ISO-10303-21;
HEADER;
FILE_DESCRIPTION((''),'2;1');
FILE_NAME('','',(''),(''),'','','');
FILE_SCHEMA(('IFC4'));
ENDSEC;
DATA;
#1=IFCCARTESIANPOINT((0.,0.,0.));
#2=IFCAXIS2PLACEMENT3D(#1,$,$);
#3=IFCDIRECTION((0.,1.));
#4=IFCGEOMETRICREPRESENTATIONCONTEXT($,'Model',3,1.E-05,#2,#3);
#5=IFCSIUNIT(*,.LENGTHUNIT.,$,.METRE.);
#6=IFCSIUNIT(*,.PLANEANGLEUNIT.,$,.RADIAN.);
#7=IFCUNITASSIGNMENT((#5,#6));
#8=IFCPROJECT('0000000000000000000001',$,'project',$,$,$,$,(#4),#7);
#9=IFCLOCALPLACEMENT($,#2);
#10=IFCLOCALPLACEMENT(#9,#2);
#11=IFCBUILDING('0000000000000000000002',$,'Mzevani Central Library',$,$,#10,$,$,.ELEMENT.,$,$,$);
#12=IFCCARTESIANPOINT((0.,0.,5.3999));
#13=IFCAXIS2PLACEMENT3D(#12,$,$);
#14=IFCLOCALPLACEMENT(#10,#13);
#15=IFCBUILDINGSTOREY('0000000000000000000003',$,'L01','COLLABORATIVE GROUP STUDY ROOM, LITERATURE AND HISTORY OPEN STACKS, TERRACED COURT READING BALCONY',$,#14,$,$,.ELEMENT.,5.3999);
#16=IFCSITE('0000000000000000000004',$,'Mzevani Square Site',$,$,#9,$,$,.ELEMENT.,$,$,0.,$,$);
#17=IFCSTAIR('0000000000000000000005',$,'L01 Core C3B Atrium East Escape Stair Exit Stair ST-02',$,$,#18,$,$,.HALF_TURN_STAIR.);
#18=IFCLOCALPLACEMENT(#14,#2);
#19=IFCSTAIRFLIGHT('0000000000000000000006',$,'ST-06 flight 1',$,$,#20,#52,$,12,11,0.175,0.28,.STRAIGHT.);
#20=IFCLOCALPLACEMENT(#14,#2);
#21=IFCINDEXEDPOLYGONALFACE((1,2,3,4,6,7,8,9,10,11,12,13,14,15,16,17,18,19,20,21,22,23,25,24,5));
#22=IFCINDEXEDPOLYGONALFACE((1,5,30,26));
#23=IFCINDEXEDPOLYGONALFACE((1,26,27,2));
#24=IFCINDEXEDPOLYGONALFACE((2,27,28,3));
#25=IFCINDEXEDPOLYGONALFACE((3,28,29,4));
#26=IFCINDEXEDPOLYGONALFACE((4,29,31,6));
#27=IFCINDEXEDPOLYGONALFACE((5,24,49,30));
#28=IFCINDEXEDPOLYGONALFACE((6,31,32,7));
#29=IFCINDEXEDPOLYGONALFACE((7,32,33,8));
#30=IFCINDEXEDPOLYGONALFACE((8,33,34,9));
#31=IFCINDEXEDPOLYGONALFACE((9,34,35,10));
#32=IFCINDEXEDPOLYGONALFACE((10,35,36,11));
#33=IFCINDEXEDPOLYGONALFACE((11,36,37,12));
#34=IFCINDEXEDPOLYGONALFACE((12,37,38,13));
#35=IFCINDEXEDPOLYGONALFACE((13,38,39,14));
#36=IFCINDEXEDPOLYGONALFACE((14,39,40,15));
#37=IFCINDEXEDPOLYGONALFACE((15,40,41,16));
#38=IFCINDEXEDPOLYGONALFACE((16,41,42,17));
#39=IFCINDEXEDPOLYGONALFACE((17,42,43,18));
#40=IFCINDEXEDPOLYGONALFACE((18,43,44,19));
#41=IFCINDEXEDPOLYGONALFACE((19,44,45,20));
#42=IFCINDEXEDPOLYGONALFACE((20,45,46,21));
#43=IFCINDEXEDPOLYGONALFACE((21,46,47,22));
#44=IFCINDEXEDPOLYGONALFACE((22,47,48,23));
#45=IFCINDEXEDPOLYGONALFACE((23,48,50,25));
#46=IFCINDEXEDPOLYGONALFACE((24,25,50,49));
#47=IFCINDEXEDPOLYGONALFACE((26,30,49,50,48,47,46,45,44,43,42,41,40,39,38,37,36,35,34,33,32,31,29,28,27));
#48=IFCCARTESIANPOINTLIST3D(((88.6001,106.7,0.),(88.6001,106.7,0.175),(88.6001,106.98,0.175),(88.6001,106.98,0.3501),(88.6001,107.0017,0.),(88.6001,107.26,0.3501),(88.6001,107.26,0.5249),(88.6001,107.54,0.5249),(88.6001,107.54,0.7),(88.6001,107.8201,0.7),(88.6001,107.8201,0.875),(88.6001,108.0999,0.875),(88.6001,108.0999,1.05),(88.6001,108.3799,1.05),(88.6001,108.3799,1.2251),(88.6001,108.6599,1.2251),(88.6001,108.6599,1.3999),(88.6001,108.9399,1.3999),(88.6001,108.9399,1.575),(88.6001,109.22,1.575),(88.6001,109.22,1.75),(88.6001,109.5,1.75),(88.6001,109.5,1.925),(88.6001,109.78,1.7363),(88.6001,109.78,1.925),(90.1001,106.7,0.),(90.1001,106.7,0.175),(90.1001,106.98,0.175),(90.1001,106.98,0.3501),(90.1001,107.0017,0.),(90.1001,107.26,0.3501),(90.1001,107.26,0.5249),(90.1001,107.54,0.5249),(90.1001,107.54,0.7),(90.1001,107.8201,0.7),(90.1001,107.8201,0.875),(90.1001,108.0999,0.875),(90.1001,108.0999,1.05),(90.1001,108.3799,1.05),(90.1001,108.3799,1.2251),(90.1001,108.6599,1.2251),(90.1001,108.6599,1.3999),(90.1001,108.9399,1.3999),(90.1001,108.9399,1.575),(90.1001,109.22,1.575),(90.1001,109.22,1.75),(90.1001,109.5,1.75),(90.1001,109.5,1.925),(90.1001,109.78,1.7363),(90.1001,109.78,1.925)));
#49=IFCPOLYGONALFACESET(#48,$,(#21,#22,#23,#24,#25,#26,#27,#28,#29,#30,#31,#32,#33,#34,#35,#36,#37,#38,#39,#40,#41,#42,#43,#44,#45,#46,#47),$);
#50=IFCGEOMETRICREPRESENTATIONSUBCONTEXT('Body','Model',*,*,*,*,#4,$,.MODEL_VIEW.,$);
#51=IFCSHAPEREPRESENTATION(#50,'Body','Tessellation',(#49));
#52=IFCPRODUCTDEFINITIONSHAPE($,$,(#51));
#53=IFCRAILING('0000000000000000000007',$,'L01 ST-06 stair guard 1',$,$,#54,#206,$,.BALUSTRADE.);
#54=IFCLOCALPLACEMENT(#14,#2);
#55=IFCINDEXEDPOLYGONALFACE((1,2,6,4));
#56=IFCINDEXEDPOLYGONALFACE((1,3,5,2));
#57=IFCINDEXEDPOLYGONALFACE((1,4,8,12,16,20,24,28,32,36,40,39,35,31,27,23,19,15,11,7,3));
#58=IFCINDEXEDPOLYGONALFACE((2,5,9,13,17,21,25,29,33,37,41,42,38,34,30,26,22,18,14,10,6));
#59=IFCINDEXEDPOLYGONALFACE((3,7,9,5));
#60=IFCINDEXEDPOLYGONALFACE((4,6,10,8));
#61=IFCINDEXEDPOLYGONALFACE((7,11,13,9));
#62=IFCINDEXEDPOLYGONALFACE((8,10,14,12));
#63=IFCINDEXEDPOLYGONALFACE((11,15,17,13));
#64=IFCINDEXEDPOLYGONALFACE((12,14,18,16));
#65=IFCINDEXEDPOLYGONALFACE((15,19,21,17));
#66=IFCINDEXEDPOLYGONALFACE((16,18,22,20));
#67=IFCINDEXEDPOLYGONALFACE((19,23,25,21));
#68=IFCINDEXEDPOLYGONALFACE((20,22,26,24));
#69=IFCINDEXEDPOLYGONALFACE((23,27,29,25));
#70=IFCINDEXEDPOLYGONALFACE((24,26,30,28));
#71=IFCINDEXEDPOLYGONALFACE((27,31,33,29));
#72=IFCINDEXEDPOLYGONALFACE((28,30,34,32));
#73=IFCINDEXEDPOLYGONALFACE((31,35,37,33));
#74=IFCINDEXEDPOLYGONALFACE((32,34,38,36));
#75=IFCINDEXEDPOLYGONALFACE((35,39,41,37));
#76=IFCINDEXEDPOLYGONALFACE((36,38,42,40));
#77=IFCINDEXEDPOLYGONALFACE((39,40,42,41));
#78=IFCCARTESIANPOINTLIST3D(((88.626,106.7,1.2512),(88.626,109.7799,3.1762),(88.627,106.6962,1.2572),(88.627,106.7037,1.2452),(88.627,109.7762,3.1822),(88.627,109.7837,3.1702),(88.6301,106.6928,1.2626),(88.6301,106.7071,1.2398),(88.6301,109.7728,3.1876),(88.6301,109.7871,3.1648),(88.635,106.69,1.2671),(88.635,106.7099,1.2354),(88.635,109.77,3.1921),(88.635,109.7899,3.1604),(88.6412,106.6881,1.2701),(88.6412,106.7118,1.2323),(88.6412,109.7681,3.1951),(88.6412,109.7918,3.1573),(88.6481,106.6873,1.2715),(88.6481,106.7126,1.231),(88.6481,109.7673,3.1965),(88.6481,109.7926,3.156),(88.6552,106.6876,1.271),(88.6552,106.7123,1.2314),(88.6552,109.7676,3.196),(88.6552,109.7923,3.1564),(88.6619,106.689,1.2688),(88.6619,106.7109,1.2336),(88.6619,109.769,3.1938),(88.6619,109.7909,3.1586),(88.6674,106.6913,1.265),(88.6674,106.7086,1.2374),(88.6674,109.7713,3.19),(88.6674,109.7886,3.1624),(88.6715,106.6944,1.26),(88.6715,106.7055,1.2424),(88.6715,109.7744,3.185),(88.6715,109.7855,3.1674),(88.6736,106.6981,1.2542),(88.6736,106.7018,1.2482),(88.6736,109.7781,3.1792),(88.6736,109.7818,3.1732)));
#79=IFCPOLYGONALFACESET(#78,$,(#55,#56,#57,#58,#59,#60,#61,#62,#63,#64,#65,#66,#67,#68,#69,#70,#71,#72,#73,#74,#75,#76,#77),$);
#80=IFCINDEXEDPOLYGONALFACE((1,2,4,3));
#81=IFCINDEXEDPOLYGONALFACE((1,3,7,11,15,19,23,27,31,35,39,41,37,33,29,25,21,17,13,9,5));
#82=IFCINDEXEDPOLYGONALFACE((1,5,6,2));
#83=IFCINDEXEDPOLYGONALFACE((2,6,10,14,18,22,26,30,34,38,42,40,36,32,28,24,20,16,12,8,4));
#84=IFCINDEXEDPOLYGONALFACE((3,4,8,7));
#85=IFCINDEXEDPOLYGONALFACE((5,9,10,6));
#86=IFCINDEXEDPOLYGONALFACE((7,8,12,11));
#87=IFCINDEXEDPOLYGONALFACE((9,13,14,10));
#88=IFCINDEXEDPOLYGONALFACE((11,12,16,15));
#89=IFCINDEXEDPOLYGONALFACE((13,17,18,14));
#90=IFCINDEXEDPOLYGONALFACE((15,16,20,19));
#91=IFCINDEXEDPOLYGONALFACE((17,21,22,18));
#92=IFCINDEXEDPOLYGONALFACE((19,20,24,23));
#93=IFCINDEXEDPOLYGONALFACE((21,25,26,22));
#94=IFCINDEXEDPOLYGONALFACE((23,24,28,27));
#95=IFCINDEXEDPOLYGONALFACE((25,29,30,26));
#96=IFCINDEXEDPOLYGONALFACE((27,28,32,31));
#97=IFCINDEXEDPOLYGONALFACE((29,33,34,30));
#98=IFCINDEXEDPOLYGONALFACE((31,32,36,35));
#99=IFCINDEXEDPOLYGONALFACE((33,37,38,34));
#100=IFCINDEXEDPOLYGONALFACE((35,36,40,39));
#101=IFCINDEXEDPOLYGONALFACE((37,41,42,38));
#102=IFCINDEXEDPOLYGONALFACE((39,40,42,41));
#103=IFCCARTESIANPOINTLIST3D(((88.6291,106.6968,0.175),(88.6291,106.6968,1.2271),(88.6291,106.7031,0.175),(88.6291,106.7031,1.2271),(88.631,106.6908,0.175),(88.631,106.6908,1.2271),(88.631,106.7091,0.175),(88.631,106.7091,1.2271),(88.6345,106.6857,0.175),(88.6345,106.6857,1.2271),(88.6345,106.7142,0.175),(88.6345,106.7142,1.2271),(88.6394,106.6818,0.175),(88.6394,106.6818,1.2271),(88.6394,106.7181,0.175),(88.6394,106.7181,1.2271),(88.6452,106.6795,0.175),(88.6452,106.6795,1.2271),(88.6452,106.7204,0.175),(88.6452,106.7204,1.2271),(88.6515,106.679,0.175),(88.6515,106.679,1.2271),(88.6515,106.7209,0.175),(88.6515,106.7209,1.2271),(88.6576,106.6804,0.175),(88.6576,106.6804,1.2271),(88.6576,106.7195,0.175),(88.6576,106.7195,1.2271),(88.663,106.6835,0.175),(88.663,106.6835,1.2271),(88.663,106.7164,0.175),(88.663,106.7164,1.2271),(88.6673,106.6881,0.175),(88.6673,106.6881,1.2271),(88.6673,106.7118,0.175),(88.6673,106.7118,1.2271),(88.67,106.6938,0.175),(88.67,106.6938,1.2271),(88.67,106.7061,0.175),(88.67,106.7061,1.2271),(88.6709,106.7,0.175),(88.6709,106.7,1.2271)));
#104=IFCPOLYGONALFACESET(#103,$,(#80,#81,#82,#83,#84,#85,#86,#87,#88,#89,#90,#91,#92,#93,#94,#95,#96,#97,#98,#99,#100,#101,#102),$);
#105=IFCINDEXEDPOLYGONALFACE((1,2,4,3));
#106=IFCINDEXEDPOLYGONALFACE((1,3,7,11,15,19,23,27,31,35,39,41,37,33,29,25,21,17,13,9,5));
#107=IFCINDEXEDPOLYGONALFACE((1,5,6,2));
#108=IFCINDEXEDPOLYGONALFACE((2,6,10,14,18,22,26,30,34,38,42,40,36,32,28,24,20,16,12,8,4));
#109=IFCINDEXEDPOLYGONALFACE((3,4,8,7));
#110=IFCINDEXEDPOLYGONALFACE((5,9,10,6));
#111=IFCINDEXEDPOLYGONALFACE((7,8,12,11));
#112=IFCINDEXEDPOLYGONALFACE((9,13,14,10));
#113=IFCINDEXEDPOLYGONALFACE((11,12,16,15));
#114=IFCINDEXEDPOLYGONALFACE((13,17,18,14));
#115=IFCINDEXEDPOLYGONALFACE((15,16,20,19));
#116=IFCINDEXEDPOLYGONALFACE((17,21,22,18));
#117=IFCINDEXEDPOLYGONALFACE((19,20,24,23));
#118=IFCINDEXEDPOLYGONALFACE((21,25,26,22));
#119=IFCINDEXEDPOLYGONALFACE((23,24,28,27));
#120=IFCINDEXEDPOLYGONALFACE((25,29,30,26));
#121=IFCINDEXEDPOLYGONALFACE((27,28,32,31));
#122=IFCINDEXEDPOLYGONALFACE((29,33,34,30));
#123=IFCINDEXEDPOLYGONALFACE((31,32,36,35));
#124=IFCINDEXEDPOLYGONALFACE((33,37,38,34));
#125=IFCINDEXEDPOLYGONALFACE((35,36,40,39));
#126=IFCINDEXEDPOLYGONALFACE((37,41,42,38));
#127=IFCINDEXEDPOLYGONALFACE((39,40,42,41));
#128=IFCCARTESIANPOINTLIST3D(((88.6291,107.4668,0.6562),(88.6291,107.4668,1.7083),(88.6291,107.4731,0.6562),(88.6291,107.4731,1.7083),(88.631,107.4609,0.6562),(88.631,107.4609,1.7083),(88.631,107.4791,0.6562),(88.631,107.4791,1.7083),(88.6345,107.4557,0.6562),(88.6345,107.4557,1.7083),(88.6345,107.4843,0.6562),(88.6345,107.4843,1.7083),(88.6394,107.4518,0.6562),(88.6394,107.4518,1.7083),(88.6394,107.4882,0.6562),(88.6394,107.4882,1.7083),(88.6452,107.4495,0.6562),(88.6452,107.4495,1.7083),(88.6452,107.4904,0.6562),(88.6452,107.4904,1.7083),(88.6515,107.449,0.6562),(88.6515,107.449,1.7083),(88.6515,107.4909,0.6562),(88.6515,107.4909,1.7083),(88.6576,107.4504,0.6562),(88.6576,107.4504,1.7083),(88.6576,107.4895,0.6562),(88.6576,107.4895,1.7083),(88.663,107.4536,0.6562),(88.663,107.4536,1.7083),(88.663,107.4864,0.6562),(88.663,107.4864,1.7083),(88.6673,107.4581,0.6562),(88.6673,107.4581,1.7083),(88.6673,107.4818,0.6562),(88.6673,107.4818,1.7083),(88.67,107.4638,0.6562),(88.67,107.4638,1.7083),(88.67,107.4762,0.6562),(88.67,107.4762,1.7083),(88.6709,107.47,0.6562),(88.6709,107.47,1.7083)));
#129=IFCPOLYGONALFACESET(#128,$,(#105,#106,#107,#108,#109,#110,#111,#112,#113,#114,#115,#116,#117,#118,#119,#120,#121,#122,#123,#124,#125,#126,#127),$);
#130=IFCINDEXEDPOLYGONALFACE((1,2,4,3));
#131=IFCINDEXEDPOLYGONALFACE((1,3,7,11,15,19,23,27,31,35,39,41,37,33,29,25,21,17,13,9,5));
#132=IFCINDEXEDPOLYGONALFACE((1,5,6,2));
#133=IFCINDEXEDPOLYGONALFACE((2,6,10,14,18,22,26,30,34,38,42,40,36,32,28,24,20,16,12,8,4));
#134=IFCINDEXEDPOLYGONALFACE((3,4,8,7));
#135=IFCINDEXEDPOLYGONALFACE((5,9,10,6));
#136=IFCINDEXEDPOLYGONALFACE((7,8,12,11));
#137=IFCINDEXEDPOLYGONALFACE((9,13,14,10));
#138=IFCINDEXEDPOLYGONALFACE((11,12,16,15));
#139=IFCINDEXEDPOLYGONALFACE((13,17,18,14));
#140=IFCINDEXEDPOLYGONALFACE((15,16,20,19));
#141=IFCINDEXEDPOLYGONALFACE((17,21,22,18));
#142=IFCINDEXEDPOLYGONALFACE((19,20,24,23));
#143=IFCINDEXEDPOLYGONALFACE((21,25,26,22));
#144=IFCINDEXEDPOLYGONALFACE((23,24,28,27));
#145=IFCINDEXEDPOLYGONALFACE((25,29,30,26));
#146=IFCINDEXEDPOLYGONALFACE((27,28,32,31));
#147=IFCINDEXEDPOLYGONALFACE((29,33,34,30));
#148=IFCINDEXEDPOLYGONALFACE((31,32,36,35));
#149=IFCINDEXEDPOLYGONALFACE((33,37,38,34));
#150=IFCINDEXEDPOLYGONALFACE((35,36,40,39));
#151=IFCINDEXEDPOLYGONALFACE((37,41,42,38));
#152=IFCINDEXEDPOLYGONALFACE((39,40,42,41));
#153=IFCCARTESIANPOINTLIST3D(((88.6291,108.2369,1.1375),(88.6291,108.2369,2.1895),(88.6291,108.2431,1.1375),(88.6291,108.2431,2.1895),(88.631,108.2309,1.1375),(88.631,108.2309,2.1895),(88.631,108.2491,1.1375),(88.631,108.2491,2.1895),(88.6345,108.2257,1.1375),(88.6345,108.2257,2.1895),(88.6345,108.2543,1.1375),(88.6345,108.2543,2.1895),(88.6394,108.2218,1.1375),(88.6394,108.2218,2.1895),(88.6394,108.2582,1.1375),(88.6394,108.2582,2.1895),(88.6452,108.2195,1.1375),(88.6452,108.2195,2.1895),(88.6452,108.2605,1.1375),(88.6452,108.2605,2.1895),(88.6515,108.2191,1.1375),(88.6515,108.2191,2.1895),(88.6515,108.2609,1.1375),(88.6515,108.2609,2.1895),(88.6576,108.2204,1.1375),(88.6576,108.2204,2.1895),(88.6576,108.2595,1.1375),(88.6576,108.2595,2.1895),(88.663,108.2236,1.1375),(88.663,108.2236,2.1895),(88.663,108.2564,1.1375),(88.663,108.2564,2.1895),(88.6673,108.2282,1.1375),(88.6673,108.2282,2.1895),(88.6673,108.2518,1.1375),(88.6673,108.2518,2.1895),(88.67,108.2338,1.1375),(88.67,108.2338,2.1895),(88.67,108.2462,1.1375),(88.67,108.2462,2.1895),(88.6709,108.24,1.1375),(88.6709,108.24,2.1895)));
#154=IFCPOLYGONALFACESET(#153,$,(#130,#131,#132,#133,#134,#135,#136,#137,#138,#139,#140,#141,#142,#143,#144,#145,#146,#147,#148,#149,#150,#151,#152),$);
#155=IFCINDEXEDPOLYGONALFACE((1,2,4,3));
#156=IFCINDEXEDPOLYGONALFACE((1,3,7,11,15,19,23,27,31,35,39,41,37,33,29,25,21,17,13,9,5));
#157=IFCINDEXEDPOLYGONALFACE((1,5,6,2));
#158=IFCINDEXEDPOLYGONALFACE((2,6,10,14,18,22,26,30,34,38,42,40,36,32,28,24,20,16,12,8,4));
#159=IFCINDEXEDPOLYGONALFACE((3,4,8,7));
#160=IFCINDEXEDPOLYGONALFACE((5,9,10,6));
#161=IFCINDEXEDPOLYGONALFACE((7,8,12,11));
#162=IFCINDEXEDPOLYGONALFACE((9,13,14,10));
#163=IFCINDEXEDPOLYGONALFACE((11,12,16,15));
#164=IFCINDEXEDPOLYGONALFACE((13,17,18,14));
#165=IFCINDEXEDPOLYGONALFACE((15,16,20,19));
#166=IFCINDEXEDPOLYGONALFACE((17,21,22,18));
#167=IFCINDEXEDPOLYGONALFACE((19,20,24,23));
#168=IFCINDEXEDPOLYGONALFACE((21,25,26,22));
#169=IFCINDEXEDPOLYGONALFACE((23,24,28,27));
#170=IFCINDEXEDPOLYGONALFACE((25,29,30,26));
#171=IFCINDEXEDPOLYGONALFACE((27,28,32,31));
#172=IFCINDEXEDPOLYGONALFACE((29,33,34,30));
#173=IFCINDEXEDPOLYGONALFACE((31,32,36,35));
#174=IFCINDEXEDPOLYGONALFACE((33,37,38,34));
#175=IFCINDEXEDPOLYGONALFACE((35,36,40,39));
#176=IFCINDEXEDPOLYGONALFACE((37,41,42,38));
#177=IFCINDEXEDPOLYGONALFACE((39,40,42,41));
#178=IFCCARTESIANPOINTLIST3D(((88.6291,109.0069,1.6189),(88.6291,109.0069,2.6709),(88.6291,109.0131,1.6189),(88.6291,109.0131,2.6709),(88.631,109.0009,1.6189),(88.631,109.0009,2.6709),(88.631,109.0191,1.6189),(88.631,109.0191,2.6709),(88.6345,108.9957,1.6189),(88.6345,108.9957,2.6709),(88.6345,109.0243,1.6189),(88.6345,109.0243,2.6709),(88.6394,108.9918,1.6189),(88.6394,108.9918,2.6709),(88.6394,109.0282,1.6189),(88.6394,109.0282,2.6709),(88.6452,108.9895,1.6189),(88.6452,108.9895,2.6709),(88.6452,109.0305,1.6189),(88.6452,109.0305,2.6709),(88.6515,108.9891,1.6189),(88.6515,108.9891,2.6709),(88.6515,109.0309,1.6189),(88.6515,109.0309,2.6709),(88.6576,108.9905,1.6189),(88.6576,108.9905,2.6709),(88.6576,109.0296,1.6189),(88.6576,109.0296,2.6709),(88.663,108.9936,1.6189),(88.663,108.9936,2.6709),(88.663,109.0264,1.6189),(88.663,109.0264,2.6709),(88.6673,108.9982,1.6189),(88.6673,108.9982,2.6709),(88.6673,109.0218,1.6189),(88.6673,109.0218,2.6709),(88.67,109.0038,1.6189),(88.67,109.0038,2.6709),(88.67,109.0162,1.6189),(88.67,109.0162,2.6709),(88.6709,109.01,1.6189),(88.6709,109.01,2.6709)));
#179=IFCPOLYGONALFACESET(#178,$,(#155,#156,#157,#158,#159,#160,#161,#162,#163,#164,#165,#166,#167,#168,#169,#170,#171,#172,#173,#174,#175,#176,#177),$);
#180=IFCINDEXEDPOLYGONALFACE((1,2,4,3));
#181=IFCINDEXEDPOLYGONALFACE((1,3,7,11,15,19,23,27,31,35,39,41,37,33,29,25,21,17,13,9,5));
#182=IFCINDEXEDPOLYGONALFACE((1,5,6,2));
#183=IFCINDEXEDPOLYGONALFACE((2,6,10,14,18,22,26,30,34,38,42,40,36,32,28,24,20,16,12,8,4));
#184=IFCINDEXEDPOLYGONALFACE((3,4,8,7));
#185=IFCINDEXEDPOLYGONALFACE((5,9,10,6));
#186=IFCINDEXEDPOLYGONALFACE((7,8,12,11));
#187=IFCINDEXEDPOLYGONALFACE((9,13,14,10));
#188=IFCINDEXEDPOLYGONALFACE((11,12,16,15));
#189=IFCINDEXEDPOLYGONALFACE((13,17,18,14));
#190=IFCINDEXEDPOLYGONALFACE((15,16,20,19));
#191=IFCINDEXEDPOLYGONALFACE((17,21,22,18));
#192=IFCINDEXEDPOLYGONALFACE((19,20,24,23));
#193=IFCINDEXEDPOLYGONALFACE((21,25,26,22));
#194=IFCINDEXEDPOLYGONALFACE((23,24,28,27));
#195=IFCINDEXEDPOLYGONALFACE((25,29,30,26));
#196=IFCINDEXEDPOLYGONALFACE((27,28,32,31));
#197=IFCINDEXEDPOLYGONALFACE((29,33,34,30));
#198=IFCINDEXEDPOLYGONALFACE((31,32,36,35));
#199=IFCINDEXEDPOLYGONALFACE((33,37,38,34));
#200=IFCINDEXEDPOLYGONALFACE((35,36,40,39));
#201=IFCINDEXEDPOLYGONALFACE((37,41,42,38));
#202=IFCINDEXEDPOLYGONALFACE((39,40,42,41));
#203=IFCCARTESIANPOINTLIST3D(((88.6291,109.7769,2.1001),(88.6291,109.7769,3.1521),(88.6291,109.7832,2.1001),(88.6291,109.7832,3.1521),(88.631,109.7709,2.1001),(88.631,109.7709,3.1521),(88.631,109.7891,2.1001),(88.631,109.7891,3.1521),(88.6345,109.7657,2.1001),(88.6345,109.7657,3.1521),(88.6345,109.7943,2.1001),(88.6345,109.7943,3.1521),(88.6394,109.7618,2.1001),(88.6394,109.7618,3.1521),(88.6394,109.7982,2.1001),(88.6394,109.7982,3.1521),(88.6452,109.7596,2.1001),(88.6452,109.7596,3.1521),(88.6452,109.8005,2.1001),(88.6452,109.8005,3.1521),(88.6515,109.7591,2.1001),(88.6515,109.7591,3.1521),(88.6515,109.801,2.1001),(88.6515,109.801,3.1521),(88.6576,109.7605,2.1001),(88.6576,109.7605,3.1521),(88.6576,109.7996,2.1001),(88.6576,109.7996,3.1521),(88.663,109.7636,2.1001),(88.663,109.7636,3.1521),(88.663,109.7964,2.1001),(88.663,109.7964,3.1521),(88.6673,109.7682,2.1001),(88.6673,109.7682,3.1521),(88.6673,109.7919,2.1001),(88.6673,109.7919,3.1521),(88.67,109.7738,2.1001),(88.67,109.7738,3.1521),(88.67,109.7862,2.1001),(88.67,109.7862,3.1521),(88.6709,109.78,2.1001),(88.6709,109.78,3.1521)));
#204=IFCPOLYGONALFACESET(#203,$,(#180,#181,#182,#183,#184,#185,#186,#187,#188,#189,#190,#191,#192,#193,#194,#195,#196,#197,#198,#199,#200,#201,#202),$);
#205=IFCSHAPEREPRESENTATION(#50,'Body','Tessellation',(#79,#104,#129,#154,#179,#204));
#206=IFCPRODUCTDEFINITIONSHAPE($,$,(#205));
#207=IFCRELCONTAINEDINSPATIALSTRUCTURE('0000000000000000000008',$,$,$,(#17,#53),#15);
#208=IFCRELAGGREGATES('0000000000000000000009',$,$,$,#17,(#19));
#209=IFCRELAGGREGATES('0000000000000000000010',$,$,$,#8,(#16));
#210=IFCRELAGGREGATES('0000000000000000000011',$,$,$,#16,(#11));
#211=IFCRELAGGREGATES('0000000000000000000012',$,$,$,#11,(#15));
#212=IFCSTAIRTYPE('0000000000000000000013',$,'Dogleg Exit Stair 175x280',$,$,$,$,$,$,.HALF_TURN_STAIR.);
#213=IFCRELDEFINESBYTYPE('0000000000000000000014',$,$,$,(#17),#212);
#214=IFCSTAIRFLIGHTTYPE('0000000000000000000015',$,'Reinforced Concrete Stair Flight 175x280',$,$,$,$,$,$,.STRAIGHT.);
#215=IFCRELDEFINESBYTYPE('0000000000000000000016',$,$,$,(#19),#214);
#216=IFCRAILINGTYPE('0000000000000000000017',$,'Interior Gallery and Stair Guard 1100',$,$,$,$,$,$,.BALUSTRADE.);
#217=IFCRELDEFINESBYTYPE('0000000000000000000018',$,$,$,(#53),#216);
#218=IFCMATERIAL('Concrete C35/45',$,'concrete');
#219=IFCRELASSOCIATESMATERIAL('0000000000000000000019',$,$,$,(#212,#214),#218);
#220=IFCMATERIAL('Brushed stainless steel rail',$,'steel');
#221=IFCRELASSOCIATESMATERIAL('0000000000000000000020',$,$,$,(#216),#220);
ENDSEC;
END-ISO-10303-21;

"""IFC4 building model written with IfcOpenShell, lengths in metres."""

from ifc_helpers import new_model, si_unit, direction, frame, origin, origin_2d, place, context, subcontext, project, spatial, polyline, circle, outline, extrude, material, type_object, element, aggregate, save


model = new_model("IFC4")

# Units and contexts
model_context = context("Model", 3, precision=1e-05, world=origin(), true_north=direction((0.0, 1.0)))
body_context = subcontext(model_context, "Body", "Model", "MODEL_VIEW")
ifc_project = project(units=[si_unit("LENGTHUNIT", "METRE"), si_unit("PLANEANGLEUNIT", "RADIAN")], contexts=[model_context])

# Site, building, storey
site_placement = place(None, origin())
site = spatial("IfcSite", under=ifc_project, at=site_placement, Name="Mzevani Square Site", CompositionType="ELEMENT", RefElevation=0.0)
building_placement = place(site_placement, origin())
building = spatial("IfcBuilding", under=site, at=building_placement, Name="Mzevani Central Library", CompositionType="ELEMENT")
storey_placement = place(building_placement, frame((0.0, 0.0, 5.3999)))
storey = spatial("IfcBuildingStorey", under=building, at=storey_placement, Name="L01", Description="COLLABORATIVE GROUP STUDY ROOM, LITERATURE AND HISTORY OPEN STACKS, TERRACED COURT READING BALCONY", CompositionType="ELEMENT", Elevation=5.3999)

# Shared definitions
ifc_material_1 = material(Name="Concrete C35/45", Category="concrete")

# Stair, stair flight
stair_type = type_object("IfcStairType", Name="Dogleg Exit Stair 175x280", PredefinedType="HALF_TURN_STAIR", material=ifc_material_1)
stair_placement = place(storey_placement, origin())
stair = element("IfcStair", 1, at=stair_placement, inside=storey, type_object=stair_type, Name="L01 Core C3B Atrium East Escape Stair Exit Stair ST-02", PredefinedType="HALF_TURN_STAIR")
stair_flight_type = type_object("IfcStairFlightType", Name="Reinforced Concrete Stair Flight 175x280", PredefinedType="STRAIGHT", material=ifc_material_1)
stair_flight_placement = place(storey_placement, frame((89.3501, 106.7, 0.0), z_axis=(0.0, 0.0, 1.0), x_axis=(0.0, 1.0, 0.0)))
stair_flight = element("IfcStairFlight", 2, at=stair_flight_placement, type_object=stair_flight_type, Name="ST-06 flight 1", NumberOfRisers=12, NumberOfTreads=11, PredefinedType="STRAIGHT", RiserHeight=0.175, TreadLength=0.28, context=body_context, shape_type="SweptSolid", body=[
    extrude(outline(polyline([(0.0, 0.0), (0.0, 0.175), (0.28, 0.175), (0.28, 0.3501), (0.5601, 0.3501), (0.5601, 0.5249), (0.8401, 0.5249), (0.8401, 0.7), (1.1201, 0.7), (1.1201, 0.875), (1.3999, 0.875), (1.3999, 1.05), (1.6799, 1.05), (1.6799, 1.2251), (1.96, 1.2251), (1.96, 1.3999), (2.24, 1.3999), (2.24, 1.575), (2.52, 1.575), (2.52, 1.75), (2.8, 1.75), (2.8, 1.925), (3.0801, 1.925), (3.0801, 2.1001), (3.0801, 1.7363), (0.3018, 0.0), (0.0, 0.0)])), frame((0.0, 0.75, 0.0), z_axis=(0.0, -1.0, 0.0), x_axis=(1.0, 0.0, 0.0)), (0.0, 0.0, 1.0), 1.5),
])
aggregate(stair, [stair_flight])

# Railing
ifc_material_2 = material(Name="Brushed stainless steel rail", Category="steel")
railing_type_1 = type_object("IfcRailingType", Name="Interior Gallery and Stair Guard 1100", PredefinedType="BALUSTRADE", material=ifc_material_2)
railing_1_placement = place(storey_placement, frame((88.6499, 106.7, 0.175)))
element("IfcRailing", 3, at=railing_1_placement, inside=storey, type_object=railing_type_1, Name="L01 ST-06 stair guard 1", PredefinedType="BALUSTRADE", context=body_context, shape_type="SweptSolid", body=[
    extrude(circle(Radius=0.0239, at=origin_2d()), frame((0.0, 0.0, 1.0762), z_axis=(0.0, 0.847998, 0.529999), x_axis=(-1.0, 0.0, 0.0)), (0.0, 0.0, 1.0), 3.6321),
    extrude(circle(Radius=0.021, at=origin_2d()), origin(), (0.0, 0.0, 1.0), 1.052),
    extrude(circle(Radius=0.021, at=origin_2d()), frame((0.0, 0.77, 0.4812)), (0.0, 0.0, 1.0), 1.052),
    extrude(circle(Radius=0.021, at=origin_2d()), frame((0.0, 1.54, 0.9624)), (0.0, 0.0, 1.0), 1.052),
    extrude(circle(Radius=0.021, at=origin_2d()), frame((0.0, 2.3101, 1.4438)), (0.0, 0.0, 1.0), 1.052),
    extrude(circle(Radius=0.021, at=origin_2d()), frame((0.0, 3.0801, 1.925)), (0.0, 0.0, 1.0), 1.052),
])

save(model, "model.ifc")
